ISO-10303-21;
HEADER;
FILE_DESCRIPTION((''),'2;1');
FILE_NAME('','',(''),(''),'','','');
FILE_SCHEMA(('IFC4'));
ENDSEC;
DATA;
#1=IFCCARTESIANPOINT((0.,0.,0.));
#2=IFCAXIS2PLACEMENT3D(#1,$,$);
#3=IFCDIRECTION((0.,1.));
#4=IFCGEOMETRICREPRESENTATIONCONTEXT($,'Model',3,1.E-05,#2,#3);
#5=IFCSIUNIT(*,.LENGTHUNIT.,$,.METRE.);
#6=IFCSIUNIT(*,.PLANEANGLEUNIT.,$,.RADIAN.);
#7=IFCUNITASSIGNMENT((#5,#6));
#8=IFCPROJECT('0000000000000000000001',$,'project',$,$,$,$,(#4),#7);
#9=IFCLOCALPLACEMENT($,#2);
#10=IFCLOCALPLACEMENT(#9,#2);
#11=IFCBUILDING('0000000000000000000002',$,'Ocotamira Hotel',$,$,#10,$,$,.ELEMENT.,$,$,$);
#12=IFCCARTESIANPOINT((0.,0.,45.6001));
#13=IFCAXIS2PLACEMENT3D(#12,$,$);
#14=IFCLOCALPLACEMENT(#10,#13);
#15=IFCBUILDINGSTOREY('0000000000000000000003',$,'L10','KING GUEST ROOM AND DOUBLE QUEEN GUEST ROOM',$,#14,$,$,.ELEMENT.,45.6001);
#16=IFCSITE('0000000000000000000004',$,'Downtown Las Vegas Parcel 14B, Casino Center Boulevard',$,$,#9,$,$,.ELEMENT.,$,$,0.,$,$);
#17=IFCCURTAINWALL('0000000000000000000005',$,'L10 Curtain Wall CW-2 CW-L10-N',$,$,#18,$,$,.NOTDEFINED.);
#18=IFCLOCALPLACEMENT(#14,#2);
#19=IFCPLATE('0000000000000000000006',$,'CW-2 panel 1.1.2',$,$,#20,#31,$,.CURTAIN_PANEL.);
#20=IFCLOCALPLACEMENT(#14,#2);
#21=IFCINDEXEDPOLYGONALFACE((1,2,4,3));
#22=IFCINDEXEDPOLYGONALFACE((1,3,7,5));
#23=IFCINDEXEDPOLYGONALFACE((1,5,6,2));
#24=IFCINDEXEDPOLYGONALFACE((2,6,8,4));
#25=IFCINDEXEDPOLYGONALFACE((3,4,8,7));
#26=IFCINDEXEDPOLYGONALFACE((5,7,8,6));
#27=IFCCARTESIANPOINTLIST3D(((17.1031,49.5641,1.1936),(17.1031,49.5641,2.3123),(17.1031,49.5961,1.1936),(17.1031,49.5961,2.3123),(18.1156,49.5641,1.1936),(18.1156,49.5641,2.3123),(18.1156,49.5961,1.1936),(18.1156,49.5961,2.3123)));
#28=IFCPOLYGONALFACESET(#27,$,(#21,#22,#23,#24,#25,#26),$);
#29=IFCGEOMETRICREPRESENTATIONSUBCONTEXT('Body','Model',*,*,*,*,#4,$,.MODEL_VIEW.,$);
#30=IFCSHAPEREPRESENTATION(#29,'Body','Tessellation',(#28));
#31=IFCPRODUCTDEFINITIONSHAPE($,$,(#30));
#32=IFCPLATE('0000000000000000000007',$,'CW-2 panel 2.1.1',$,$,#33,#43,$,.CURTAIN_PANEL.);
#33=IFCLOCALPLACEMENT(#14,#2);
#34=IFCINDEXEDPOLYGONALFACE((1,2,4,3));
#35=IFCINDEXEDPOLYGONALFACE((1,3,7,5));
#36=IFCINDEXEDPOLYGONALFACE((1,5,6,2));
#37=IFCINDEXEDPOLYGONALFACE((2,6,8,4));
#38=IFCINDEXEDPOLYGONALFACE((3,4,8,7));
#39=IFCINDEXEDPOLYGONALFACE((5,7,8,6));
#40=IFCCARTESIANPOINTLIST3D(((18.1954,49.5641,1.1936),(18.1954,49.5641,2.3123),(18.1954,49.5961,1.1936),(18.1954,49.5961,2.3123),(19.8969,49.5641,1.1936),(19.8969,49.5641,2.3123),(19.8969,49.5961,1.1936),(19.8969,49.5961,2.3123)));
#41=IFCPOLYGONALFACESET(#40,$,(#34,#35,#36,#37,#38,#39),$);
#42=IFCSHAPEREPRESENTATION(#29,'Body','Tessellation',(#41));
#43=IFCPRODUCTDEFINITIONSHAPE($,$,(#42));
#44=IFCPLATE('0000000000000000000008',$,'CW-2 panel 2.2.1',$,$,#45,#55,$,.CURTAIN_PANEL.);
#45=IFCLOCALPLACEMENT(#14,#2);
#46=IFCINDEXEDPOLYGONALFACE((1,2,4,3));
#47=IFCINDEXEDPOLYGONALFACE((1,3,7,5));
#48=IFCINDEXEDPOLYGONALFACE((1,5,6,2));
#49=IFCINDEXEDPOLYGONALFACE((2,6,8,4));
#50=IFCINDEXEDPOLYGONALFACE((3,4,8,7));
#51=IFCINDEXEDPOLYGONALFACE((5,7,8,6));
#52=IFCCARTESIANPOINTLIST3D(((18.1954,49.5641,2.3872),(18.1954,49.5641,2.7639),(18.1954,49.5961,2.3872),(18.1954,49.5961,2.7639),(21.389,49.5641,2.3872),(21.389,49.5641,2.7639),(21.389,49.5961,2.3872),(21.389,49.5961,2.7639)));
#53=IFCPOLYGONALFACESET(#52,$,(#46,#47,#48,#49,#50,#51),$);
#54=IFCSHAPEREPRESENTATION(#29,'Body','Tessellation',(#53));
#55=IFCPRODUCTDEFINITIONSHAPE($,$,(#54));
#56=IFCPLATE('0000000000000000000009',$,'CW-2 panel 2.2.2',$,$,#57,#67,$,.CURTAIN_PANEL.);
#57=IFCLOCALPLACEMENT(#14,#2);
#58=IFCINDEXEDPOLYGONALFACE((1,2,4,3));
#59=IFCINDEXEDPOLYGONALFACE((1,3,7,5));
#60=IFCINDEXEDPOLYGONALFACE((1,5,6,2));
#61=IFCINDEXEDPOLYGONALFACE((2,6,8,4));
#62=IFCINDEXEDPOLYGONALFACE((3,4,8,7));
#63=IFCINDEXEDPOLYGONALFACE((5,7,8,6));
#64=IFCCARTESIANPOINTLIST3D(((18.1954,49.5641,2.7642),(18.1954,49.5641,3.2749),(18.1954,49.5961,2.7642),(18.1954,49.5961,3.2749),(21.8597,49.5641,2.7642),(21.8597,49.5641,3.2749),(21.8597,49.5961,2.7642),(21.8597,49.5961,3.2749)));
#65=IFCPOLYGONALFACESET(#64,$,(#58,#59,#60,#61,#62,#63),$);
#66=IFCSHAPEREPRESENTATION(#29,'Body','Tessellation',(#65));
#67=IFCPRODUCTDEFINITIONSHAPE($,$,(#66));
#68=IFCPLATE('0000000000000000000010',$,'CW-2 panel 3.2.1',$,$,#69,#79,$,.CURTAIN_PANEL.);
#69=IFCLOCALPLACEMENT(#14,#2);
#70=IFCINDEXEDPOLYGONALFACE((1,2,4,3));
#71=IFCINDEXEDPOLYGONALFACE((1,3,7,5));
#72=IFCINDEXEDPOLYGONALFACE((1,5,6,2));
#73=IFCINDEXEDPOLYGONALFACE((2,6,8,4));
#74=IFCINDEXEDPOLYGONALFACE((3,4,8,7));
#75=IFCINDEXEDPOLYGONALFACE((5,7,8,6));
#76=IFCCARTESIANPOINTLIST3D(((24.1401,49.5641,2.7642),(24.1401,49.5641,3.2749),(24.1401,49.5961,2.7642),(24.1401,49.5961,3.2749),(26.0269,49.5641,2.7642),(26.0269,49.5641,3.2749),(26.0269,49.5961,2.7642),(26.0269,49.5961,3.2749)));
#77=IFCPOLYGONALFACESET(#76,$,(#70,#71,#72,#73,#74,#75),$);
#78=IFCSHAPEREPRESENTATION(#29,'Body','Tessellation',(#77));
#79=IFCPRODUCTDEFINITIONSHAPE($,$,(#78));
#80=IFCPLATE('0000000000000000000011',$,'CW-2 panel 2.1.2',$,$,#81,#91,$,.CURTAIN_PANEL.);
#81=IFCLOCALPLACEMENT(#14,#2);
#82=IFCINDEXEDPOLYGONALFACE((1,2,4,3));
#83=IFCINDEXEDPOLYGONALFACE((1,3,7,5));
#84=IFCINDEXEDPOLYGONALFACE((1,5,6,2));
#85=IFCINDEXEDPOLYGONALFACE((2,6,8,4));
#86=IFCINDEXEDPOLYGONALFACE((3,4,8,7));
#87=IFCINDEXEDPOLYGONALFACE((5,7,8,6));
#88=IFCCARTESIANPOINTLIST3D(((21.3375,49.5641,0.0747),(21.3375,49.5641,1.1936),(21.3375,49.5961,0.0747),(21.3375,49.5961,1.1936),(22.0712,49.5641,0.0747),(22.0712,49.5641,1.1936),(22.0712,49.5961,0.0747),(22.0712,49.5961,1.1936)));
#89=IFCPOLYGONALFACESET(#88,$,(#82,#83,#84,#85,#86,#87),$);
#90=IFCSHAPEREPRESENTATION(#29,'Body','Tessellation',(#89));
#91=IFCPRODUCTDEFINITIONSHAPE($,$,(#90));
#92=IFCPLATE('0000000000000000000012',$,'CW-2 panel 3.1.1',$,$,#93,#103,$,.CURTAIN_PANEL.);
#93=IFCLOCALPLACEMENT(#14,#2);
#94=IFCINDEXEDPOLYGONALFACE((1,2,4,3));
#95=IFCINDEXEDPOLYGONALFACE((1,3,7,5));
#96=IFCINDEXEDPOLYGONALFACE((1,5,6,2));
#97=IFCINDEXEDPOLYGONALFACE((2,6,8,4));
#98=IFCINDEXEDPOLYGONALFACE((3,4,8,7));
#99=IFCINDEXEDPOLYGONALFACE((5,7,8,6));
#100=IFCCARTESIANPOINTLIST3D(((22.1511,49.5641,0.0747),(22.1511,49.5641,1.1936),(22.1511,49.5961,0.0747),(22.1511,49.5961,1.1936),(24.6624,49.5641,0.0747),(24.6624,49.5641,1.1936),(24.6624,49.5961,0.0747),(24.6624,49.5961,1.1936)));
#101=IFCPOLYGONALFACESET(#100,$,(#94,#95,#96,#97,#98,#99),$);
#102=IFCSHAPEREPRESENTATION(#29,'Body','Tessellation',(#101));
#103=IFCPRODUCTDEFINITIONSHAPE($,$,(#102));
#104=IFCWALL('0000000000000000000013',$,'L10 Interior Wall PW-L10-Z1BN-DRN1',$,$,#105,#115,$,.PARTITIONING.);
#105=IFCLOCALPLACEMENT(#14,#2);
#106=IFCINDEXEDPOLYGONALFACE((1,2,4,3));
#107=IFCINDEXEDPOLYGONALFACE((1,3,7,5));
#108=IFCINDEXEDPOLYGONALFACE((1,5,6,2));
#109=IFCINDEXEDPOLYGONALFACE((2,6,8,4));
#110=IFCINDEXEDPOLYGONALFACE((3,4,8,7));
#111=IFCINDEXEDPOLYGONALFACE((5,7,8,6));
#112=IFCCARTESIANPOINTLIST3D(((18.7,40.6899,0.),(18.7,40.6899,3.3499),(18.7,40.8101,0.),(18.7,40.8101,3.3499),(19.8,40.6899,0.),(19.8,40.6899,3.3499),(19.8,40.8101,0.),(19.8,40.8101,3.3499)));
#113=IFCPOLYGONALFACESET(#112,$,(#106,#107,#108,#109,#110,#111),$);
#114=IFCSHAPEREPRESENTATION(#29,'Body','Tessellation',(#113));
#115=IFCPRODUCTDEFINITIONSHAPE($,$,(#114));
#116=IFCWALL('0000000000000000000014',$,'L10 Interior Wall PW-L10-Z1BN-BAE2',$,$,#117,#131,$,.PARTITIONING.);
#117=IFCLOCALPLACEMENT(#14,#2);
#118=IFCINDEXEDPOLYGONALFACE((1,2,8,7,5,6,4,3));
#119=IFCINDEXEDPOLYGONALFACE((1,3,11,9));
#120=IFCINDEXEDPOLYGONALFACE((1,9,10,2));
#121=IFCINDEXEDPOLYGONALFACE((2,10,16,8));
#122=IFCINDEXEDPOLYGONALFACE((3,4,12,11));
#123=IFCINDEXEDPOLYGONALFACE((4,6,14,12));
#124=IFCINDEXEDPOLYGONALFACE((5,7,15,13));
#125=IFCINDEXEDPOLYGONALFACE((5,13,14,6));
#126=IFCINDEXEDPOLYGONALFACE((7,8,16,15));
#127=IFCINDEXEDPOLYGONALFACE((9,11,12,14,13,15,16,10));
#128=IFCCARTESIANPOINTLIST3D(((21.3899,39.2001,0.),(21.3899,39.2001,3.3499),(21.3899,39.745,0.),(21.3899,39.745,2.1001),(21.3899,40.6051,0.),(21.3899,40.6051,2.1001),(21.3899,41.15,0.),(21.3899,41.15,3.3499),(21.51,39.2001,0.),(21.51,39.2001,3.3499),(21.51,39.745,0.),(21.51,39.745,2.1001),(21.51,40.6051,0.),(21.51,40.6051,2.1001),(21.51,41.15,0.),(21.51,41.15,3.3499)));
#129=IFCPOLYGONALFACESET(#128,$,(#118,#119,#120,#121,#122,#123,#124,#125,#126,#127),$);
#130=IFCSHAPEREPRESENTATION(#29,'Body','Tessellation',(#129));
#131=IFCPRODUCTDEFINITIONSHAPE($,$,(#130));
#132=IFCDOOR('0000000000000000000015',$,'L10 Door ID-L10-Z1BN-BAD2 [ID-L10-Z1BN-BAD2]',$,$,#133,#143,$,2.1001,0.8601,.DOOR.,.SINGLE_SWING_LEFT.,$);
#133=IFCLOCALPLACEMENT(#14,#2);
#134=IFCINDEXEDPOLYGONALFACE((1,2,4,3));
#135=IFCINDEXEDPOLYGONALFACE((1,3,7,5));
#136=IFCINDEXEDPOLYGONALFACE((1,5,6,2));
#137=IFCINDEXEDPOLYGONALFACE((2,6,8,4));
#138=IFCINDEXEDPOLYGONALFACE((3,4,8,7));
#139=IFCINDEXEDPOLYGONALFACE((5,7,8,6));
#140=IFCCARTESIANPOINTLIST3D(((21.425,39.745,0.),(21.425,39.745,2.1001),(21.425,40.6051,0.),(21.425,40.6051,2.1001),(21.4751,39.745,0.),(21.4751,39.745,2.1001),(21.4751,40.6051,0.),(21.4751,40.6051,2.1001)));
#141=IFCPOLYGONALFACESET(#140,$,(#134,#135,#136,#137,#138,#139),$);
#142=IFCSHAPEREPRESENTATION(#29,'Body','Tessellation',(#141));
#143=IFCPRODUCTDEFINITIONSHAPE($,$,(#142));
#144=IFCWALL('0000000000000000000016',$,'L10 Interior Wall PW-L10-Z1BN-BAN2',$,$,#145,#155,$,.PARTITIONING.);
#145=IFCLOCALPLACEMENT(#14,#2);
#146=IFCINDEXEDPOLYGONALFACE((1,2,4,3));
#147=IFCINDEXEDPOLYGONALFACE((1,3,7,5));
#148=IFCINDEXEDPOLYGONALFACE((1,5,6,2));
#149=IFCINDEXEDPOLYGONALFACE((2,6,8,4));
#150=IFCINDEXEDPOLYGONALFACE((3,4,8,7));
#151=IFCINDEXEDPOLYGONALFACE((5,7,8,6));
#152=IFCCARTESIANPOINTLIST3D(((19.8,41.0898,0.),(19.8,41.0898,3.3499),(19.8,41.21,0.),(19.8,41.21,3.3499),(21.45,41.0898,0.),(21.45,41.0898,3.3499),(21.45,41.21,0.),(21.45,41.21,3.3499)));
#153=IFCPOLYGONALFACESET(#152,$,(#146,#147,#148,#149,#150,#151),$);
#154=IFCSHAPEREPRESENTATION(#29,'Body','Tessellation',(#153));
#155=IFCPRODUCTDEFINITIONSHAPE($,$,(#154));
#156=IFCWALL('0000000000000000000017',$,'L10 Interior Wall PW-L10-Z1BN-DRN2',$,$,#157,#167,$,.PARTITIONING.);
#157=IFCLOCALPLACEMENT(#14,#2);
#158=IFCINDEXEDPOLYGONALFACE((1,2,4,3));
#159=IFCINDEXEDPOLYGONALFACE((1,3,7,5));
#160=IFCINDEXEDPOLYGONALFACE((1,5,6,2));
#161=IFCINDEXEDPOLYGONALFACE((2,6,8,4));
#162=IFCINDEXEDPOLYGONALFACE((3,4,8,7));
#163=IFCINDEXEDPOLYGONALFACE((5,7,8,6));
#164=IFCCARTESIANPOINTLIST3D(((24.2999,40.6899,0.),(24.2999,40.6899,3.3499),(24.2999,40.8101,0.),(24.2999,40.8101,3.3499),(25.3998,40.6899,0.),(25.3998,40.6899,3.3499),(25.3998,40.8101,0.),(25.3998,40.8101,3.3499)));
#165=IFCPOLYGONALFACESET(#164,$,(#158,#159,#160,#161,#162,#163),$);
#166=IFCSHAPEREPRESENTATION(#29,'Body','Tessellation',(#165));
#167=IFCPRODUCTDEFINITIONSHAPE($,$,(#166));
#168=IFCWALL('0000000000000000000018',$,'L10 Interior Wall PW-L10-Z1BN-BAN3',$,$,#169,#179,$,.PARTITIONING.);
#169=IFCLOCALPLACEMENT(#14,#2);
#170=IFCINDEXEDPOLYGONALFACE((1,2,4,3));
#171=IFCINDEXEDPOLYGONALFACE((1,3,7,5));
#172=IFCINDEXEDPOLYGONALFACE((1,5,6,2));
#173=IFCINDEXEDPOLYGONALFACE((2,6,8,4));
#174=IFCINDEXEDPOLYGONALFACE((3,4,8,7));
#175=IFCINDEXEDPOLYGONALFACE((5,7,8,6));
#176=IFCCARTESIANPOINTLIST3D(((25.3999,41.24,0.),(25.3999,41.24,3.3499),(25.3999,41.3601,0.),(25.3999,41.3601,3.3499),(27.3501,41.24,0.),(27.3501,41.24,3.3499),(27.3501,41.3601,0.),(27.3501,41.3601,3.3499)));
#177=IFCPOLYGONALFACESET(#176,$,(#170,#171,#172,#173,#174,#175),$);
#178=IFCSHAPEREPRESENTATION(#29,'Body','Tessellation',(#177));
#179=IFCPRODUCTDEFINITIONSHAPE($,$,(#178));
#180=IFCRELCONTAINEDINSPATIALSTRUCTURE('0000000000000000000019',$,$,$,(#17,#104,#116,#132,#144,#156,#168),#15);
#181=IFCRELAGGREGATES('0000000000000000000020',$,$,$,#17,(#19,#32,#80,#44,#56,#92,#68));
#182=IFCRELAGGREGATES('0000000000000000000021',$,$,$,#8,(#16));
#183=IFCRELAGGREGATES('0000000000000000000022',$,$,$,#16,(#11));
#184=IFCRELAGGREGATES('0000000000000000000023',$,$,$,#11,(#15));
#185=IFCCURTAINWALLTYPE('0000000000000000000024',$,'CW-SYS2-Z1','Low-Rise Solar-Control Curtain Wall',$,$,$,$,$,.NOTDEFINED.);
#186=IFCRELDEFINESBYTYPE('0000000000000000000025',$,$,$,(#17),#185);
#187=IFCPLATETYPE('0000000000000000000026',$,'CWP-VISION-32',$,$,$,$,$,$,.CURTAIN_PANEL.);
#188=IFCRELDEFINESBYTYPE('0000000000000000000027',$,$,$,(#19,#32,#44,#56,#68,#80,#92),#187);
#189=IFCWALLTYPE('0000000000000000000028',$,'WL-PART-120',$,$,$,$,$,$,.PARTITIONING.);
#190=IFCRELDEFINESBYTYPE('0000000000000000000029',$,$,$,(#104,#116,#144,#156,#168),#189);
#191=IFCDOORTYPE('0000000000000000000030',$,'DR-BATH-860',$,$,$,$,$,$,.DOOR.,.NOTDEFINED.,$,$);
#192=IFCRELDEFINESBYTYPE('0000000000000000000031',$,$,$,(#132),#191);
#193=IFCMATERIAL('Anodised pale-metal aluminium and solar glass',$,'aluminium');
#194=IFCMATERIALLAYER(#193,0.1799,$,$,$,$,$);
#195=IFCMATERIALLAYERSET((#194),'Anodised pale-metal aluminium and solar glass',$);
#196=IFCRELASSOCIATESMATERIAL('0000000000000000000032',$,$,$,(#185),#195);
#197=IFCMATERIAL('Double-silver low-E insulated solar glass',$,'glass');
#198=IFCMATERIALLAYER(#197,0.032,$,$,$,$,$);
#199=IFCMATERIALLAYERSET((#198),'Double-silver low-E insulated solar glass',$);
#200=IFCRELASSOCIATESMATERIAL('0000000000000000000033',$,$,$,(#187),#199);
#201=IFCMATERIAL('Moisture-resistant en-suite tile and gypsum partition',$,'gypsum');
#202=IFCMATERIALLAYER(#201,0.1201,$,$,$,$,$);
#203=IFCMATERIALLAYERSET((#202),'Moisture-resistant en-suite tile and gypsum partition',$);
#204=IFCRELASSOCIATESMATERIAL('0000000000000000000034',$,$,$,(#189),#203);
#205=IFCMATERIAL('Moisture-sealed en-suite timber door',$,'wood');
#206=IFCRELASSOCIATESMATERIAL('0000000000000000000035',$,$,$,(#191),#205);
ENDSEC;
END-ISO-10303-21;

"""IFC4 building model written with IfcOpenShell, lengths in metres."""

from ifc_helpers import new_model, si_unit, direction, frame, frame_2d, origin, origin_2d, place, context, subcontext, project, spatial, rectangle, extrude, source, transform, mapped, material, layer, layer_set, type_object, element, fill, aggregate, save


model = new_model("IFC4")

# Units and contexts
model_context = context("Model", 3, precision=1e-05, world=origin(), true_north=direction((0.0, 1.0)))
body_context = subcontext(model_context, "Body", "Model", "MODEL_VIEW")
ifc_project = project(units=[si_unit("LENGTHUNIT", "METRE"), si_unit("PLANEANGLEUNIT", "RADIAN")], contexts=[model_context])

# Site, building, storey
site_placement = place(None, origin())
site = spatial("IfcSite", under=ifc_project, at=site_placement, Name="Downtown Las Vegas Parcel 14B, Casino Center Boulevard", CompositionType="ELEMENT", RefElevation=0.0)
building_placement = place(site_placement, origin())
building = spatial("IfcBuilding", under=site, at=building_placement, Name="Ocotamira Hotel", CompositionType="ELEMENT")
storey_placement = place(building_placement, frame((0.0, 0.0, 45.6001)))
storey = spatial("IfcBuildingStorey", under=building, at=storey_placement, Name="L10", Description="KING GUEST ROOM AND DOUBLE QUEEN GUEST ROOM", CompositionType="ELEMENT", Elevation=45.6001)

# Curtain wall
ifc_material_1 = material(Name="Anodised pale-metal aluminium and solar glass", Category="aluminium")
ifc_layer_1 = layer(ifc_material_1, 0.1799)
ifc_layer_set_1 = layer_set([ifc_layer_1], Name="Anodised pale-metal aluminium and solar glass")
curtain_wall_type = type_object("IfcCurtainWallType", Name="CW-SYS2-Z1", Description="Low-Rise Solar-Control Curtain Wall", PredefinedType="NOTDEFINED", material=ifc_layer_set_1)
curtain_wall_placement = place(storey_placement, origin())
curtain_wall = element("IfcCurtainWall", 1, at=curtain_wall_placement, inside=storey, type_object=curtain_wall_type, Name="L10 Curtain Wall CW-2 CW-L10-N", PredefinedType="NOTDEFINED")

# Plates
ifc_material_2 = material(Name="Double-silver low-E insulated solar glass", Category="glass")
ifc_layer_2 = layer(ifc_material_2, 0.032)
ifc_layer_set_2 = layer_set([ifc_layer_2], Name="Double-silver low-E insulated solar glass")
plate_type_1 = type_object("IfcPlateType", Name="CWP-VISION-32", PredefinedType="CURTAIN_PANEL", material=ifc_layer_set_2)
shared_shape_1 = source(origin(), body_context, "Body", "SweptSolid", [
    extrude(rectangle(XDim=1.0125, YDim=0.032, at=origin_2d()), origin(), (0.0, 0.0, 1.0), 1.1187),
])
plate_1_placement = place(storey_placement, frame((17.6094, 49.5801, 1.1936), z_axis=(0.0, 0.0, 1.0), x_axis=(1.0, 0.0, 0.0)))
plate_1 = element("IfcPlate", 2, at=plate_1_placement, type_object=plate_type_1, Name="CW-2 panel 1.1.2", PredefinedType="CURTAIN_PANEL", context=body_context, shape_type="MappedRepresentation", body=[
    mapped(shared_shape_1, transform((0.0, 0.0, 0.0), scale=1.0)),
])
shared_shape_2 = source(origin(), body_context, "Body", "SweptSolid", [
    extrude(rectangle(XDim=1.7014, YDim=0.032, at=origin_2d()), origin(), (0.0, 0.0, 1.0), 1.1187),
])
plate_2_placement = place(storey_placement, frame((19.0461, 49.5801, 1.1936), z_axis=(0.0, 0.0, 1.0), x_axis=(1.0, 0.0, 0.0)))
plate_2 = element("IfcPlate", 3, at=plate_2_placement, type_object=plate_type_1, Name="CW-2 panel 2.1.1", PredefinedType="CURTAIN_PANEL", context=body_context, shape_type="MappedRepresentation", body=[
    mapped(shared_shape_2, transform((0.0, 0.0, 0.0), scale=1.0)),
])
shared_shape_3 = source(origin(), body_context, "Body", "SweptSolid", [
    extrude(rectangle(XDim=3.1936, YDim=0.032, at=origin_2d()), origin(), (0.0, 0.0, 1.0), 0.3767),
])
plate_3_placement = place(storey_placement, frame((19.7922, 49.5801, 2.3872), z_axis=(0.0, 0.0, 1.0), x_axis=(1.0, 0.0, 0.0)))
plate_3 = element("IfcPlate", 4, at=plate_3_placement, type_object=plate_type_1, Name="CW-2 panel 2.2.1", PredefinedType="CURTAIN_PANEL", context=body_context, shape_type="MappedRepresentation", body=[
    mapped(shared_shape_3, transform((0.0, 0.0, 0.0), scale=1.0)),
])
shared_shape_4 = source(origin(), body_context, "Body", "SweptSolid", [
    extrude(rectangle(XDim=3.6643, YDim=0.032, at=origin_2d()), origin(), (0.0, 0.0, 1.0), 0.5107),
])
plate_4_placement = place(storey_placement, frame((20.0276, 49.5801, 2.7642), z_axis=(0.0, 0.0, 1.0), x_axis=(1.0, 0.0, 0.0)))
plate_4 = element("IfcPlate", 5, at=plate_4_placement, type_object=plate_type_1, Name="CW-2 panel 2.2.2", PredefinedType="CURTAIN_PANEL", context=body_context, shape_type="MappedRepresentation", body=[
    mapped(shared_shape_4, transform((0.0, 0.0, 0.0), scale=1.0)),
])
shared_shape_5 = source(origin(), body_context, "Body", "SweptSolid", [
    extrude(rectangle(XDim=1.8867, YDim=0.032, at=origin_2d()), origin(), (0.0, 0.0, 1.0), 0.5107),
])
plate_5_placement = place(storey_placement, frame((25.0835, 49.5801, 2.7642), z_axis=(0.0, 0.0, 1.0), x_axis=(1.0, 0.0, 0.0)))
plate_5 = element("IfcPlate", 6, at=plate_5_placement, type_object=plate_type_1, Name="CW-2 panel 3.2.1", PredefinedType="CURTAIN_PANEL", context=body_context, shape_type="MappedRepresentation", body=[
    mapped(shared_shape_5, transform((0.0, 0.0, 0.0), scale=1.0)),
])
shared_shape_6 = source(origin(), body_context, "Body", "SweptSolid", [
    extrude(rectangle(XDim=0.7336, YDim=0.032, at=origin_2d()), origin(), (0.0, 0.0, 1.0), 1.1189),
])
plate_6_placement = place(storey_placement, frame((21.7043, 49.5801, 0.0747), z_axis=(0.0, 0.0, 1.0), x_axis=(1.0, 0.0, 0.0)))
plate_6 = element("IfcPlate", 7, at=plate_6_placement, type_object=plate_type_1, Name="CW-2 panel 2.1.2", PredefinedType="CURTAIN_PANEL", context=body_context, shape_type="MappedRepresentation", body=[
    mapped(shared_shape_6, transform((0.0, 0.0, 0.0), scale=1.0)),
])
shared_shape_7 = source(origin(), body_context, "Body", "SweptSolid", [
    extrude(rectangle(XDim=2.5112, YDim=0.032, at=origin_2d()), origin(), (0.0, 0.0, 1.0), 1.1189),
])
plate_7_placement = place(storey_placement, frame((23.4067, 49.5801, 0.0747), z_axis=(0.0, 0.0, 1.0), x_axis=(1.0, 0.0, 0.0)))
plate_7 = element("IfcPlate", 8, at=plate_7_placement, type_object=plate_type_1, Name="CW-2 panel 3.1.1", PredefinedType="CURTAIN_PANEL", context=body_context, shape_type="MappedRepresentation", body=[
    mapped(shared_shape_7, transform((0.0, 0.0, 0.0), scale=1.0)),
])
aggregate(curtain_wall, [plate_1, plate_2, plate_6, plate_3, plate_4, plate_7, plate_5])

# Wall
ifc_material_3 = material(Name="Moisture-resistant en-suite tile and gypsum partition", Category="gypsum")
ifc_layer_3 = layer(ifc_material_3, 0.1201)
ifc_layer_set_3 = layer_set([ifc_layer_3], Name="Moisture-resistant en-suite tile and gypsum partition")
wall_type_1 = type_object("IfcWallType", Name="WL-PART-120", PredefinedType="PARTITIONING", material=ifc_layer_set_3)
wall_1_placement = place(storey_placement, frame((18.7, 40.75, 0.0), z_axis=(0.0, 0.0, 1.0), x_axis=(1.0, 0.0, 0.0)))
element("IfcWall", 9, at=wall_1_placement, inside=storey, type_object=wall_type_1, Name="L10 Interior Wall PW-L10-Z1BN-DRN1", PredefinedType="PARTITIONING", context=body_context, shape_type="SweptSolid", body=[
    extrude(rectangle(XDim=1.1001, YDim=0.1201, at=frame_2d((0.55, 0.0))), origin(), (0.0, 0.0, 1.0), 3.3499),
])

# Wall, opening, door
wall_2_placement = place(storey_placement, frame((21.45, 39.2, 0.0), z_axis=(0.0, 0.0, 1.0), x_axis=(0.0, 1.0, 0.0)))
wall_2 = element("IfcWall", 10, at=wall_2_placement, inside=storey, type_object=wall_type_1, Name="L10 Interior Wall PW-L10-Z1BN-BAE2", PredefinedType="PARTITIONING", context=body_context, shape_type="SweptSolid", body=[
    extrude(rectangle(XDim=1.95, YDim=0.1201, at=frame_2d((0.9751, 0.0))), origin(), (0.0, 0.0, 1.0), 3.3499),
])
opening_placement = place(wall_2_placement, frame((0.5449, 0.0, 0.0)))
opening = element("IfcOpeningElement", 11, at=opening_placement, cuts=wall_2, PredefinedType="OPENING", context=body_context, shape_type="SweptSolid", body=[
    extrude(rectangle(XDim=0.8601, YDim=2.1001, at=frame_2d((0.4302, 1.05))), frame((0.0, 0.0701, 0.0), z_axis=(0.0, -1.0, 0.0), x_axis=(1.0, 0.0, 0.0)), (0.0, 0.0, 1.0), 0.1401),
])
ifc_material_4 = material(Name="Moisture-sealed en-suite timber door", Category="wood")
door_type = type_object("IfcDoorType", Name="DR-BATH-860", OperationType="NOTDEFINED", PredefinedType="DOOR", material=ifc_material_4)
shared_shape_8 = source(origin(), body_context, "Body", "SweptSolid", [
    extrude(rectangle(XDim=0.8601, YDim=2.1001, at=frame_2d((0.4302, 1.05))), frame((0.0, 0.0249, 0.0), z_axis=(0.0, -1.0, 0.0), x_axis=(1.0, 0.0, 0.0)), (0.0, 0.0, 1.0), 0.05),
])
door_placement = place(opening_placement, origin())
door = element("IfcDoor", 12, at=door_placement, inside=storey, type_object=door_type, Name="L10 Door ID-L10-Z1BN-BAD2 [ID-L10-Z1BN-BAD2]", OperationType="SINGLE_SWING_LEFT", OverallHeight=2.1001, OverallWidth=0.8601, PredefinedType="DOOR", context=body_context, shape_type="MappedRepresentation", body=[
    mapped(shared_shape_8, transform((0.0, 0.0, 0.0), scale=1.0)),
])
fill(opening, door)

# Walls
wall_3_placement = place(storey_placement, frame((19.8, 41.1499, 0.0), z_axis=(0.0, 0.0, 1.0), x_axis=(1.0, 0.0, 0.0)))
element("IfcWall", 13, at=wall_3_placement, inside=storey, type_object=wall_type_1, Name="L10 Interior Wall PW-L10-Z1BN-BAN2", PredefinedType="PARTITIONING", context=body_context, shape_type="SweptSolid", body=[
    extrude(rectangle(XDim=1.6499, YDim=0.1201, at=frame_2d((0.825, 0.0))), origin(), (0.0, 0.0, 1.0), 3.3499),
])
wall_4_placement = place(storey_placement, frame((24.3, 40.75, 0.0), z_axis=(0.0, 0.0, 1.0), x_axis=(1.0, 0.0, 0.0)))
element("IfcWall", 14, at=wall_4_placement, inside=storey, type_object=wall_type_1, Name="L10 Interior Wall PW-L10-Z1BN-DRN2", PredefinedType="PARTITIONING", context=body_context, shape_type="SweptSolid", body=[
    extrude(rectangle(XDim=1.0999, YDim=0.1201, at=frame_2d((0.5498, 0.0))), origin(), (0.0, 0.0, 1.0), 3.3499),
])
wall_5_placement = place(storey_placement, frame((25.3999, 41.3, 0.0), z_axis=(0.0, 0.0, 1.0), x_axis=(1.0, 0.0, 0.0)))
element("IfcWall", 15, at=wall_5_placement, inside=storey, type_object=wall_type_1, Name="L10 Interior Wall PW-L10-Z1BN-BAN3", PredefinedType="PARTITIONING", context=body_context, shape_type="SweptSolid", body=[
    extrude(rectangle(XDim=1.9502, YDim=0.1201, at=frame_2d((0.9751, 0.0))), origin(), (0.0, 0.0, 1.0), 3.3499),
])

save(model, "model.ifc")
